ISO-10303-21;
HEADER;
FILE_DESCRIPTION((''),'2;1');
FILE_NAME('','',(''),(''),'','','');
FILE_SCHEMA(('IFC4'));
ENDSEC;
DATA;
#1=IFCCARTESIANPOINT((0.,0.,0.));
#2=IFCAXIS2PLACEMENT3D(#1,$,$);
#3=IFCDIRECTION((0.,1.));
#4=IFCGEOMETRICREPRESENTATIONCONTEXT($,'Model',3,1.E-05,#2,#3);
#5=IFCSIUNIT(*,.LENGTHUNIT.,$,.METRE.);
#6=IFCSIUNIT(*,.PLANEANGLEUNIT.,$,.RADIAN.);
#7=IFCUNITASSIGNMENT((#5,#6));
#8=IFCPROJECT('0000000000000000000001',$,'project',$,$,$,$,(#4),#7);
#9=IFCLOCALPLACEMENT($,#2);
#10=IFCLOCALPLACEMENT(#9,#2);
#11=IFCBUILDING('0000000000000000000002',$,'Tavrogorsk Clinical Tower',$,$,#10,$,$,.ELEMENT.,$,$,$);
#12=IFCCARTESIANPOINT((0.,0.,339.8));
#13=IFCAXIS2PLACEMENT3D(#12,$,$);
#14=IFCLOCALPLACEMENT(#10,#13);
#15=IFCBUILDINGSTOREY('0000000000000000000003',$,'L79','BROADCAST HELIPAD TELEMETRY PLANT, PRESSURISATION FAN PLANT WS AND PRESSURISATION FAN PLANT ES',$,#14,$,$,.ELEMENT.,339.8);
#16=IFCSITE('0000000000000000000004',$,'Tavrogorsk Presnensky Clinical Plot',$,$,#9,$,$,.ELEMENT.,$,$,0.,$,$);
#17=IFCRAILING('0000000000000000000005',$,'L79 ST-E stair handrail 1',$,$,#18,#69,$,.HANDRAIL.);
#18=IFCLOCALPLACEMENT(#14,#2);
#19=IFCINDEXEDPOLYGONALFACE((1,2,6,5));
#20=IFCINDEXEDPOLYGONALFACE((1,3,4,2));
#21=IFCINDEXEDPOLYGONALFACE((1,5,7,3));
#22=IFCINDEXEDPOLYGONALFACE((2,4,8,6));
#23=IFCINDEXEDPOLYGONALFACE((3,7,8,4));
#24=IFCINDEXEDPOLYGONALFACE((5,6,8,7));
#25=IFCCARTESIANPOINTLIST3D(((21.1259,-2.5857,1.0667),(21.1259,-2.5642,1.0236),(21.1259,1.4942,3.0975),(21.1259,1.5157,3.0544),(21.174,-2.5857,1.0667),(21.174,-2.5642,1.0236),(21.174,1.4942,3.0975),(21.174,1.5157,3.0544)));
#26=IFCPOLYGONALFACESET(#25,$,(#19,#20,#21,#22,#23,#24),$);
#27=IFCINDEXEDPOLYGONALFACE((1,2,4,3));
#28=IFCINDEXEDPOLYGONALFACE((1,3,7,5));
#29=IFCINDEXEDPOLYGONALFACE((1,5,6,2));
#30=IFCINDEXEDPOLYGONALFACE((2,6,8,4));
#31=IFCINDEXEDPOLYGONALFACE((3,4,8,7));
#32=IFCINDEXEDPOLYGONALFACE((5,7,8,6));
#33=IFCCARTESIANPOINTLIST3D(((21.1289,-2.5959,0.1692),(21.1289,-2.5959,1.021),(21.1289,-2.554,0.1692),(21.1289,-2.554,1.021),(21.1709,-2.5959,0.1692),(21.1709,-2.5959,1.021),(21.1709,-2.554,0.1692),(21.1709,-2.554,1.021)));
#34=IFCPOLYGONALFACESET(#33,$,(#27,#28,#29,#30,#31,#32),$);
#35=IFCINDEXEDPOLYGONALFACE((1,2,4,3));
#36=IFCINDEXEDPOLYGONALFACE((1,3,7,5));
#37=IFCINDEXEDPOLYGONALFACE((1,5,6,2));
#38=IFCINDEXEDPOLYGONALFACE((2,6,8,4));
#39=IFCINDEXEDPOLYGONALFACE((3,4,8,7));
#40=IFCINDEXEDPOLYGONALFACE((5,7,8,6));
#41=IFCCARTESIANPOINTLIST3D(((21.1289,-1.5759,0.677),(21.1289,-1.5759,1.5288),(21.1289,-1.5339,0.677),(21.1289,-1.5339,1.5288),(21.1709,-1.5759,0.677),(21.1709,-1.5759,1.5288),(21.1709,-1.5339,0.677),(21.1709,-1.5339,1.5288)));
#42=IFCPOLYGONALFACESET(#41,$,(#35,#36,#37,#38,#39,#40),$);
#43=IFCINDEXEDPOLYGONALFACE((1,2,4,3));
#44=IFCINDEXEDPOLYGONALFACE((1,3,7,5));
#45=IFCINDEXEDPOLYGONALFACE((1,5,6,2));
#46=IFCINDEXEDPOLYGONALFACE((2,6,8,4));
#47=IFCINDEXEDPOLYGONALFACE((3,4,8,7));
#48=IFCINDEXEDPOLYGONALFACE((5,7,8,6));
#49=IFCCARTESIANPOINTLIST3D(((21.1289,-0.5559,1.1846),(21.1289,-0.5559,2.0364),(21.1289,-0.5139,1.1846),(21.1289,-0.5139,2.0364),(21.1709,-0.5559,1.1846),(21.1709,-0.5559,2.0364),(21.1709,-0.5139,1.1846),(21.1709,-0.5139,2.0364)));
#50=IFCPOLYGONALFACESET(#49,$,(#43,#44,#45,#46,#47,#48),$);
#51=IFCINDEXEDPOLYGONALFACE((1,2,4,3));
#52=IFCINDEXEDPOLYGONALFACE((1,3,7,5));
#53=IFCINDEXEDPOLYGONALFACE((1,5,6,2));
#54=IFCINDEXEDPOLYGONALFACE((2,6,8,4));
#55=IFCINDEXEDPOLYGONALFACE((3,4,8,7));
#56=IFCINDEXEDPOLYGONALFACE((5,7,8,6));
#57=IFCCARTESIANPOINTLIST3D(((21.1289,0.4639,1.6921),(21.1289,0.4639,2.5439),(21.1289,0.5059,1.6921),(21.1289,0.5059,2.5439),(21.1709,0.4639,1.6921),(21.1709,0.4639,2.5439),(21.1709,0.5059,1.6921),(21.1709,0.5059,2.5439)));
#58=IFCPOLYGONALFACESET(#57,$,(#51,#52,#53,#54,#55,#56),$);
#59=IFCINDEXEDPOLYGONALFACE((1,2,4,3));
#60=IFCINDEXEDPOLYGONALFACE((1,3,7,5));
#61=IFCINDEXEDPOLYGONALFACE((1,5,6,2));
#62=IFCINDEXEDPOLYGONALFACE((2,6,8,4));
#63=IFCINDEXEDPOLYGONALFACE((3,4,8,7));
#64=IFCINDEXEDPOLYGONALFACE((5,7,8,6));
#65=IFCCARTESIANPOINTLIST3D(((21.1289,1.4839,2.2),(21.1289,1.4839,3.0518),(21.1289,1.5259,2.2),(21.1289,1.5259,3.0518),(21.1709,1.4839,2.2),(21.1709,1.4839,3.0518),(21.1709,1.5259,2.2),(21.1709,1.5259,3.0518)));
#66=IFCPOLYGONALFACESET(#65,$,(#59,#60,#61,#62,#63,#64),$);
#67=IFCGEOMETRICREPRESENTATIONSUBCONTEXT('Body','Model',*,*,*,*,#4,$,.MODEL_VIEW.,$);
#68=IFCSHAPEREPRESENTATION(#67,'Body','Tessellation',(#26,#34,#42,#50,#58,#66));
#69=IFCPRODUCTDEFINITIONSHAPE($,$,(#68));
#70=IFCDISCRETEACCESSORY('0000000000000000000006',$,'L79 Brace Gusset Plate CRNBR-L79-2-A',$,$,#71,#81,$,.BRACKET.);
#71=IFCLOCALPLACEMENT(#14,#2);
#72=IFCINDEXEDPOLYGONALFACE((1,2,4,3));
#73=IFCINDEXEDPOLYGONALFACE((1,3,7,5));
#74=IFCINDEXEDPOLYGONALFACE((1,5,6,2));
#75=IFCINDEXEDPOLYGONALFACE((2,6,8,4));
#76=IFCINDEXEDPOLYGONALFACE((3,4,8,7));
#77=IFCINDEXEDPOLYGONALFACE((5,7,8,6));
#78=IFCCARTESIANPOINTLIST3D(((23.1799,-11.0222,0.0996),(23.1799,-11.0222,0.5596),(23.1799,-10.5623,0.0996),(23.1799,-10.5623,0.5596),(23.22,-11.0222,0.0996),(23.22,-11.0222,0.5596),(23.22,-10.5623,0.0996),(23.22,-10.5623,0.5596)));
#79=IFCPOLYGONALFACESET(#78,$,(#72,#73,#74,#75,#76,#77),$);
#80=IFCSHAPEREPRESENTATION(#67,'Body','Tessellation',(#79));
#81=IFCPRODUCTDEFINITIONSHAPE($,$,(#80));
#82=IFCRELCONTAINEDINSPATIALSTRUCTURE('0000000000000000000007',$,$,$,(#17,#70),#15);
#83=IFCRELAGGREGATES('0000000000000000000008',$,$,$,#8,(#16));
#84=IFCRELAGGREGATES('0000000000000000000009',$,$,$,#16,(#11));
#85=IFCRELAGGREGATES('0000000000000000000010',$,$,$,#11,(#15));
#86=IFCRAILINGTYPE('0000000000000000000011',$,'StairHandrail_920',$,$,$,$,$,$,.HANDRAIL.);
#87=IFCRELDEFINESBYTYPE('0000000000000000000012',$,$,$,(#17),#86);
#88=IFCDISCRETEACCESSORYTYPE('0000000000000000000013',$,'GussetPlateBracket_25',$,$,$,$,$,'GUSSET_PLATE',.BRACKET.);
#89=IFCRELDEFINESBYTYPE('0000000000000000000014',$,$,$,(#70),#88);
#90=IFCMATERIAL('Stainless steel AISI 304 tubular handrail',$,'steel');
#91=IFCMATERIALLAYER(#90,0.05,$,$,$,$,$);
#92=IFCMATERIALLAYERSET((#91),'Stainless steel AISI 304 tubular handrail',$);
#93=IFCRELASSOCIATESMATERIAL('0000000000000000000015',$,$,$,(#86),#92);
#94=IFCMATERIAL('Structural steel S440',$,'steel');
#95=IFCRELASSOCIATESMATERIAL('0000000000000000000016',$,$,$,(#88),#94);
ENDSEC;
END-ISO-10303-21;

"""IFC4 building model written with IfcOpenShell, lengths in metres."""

from ifc_helpers import new_model, si_unit, direction, frame, origin, origin_2d, place, context, subcontext, project, spatial, rectangle, extrude, material, layer, layer_set, type_object, element, save


model = new_model("IFC4")

# Units and contexts
model_context = context("Model", 3, precision=1e-05, world=origin(), true_north=direction((0.0, 1.0)))
body_context = subcontext(model_context, "Body", "Model", "MODEL_VIEW")
ifc_project = project(units=[si_unit("LENGTHUNIT", "METRE"), si_unit("PLANEANGLEUNIT", "RADIAN")], contexts=[model_context])

# Site, building, storey
site_placement = place(None, origin())
site = spatial("IfcSite", under=ifc_project, at=site_placement, Name="Tavrogorsk Presnensky Clinical Plot", CompositionType="ELEMENT", RefElevation=0.0)
building_placement = place(site_placement, origin())
building = spatial("IfcBuilding", under=site, at=building_placement, Name="Tavrogorsk Clinical Tower", CompositionType="ELEMENT")
storey_placement = place(building_placement, frame((0.0, 0.0, 339.8)))
storey = spatial("IfcBuildingStorey", under=building, at=storey_placement, Name="L79", Description="BROADCAST HELIPAD TELEMETRY PLANT, PRESSURISATION FAN PLANT WS AND PRESSURISATION FAN PLANT ES", CompositionType="ELEMENT", Elevation=339.8)

# Railing
ifc_material_1 = material(Name="Stainless steel AISI 304 tubular handrail", Category="steel")
ifc_layer_1 = layer(ifc_material_1, 0.05)
ifc_layer_set_1 = layer_set([ifc_layer_1], Name="Stainless steel AISI 304 tubular handrail")
railing_type_1 = type_object("IfcRailingType", Name="StairHandrail_920", PredefinedType="HANDRAIL", material=ifc_layer_set_1)
railing_1_placement = place(storey_placement, frame((21.1499, -2.575, 0.1692)))
element("IfcRailing", 1, at=railing_1_placement, inside=storey, type_object=railing_type_1, Name="L79 ST-E stair handrail 1", PredefinedType="HANDRAIL", context=body_context, shape_type="SweptSolid", body=[
    extrude(rectangle(XDim=0.0481, YDim=0.0481, at=origin_2d()), frame((0.0, 0.0, 0.876), z_axis=(0.0, 0.895229, 0.445606), x_axis=(-1.0, 0.0, 0.0)), (0.0, 0.0, 1.0), 4.5574),
    extrude(rectangle(XDim=0.042, YDim=0.042, at=origin_2d()), origin(), (0.0, 0.0, 1.0), 0.8518),
    extrude(rectangle(XDim=0.042, YDim=0.042, at=origin_2d()), frame((0.0, 1.02, 0.5078)), (0.0, 0.0, 1.0), 0.8518),
    extrude(rectangle(XDim=0.042, YDim=0.042, at=origin_2d()), frame((0.0, 2.04, 1.0154)), (0.0, 0.0, 1.0), 0.8518),
    extrude(rectangle(XDim=0.042, YDim=0.042, at=origin_2d()), frame((0.0, 3.0598, 1.5229)), (0.0, 0.0, 1.0), 0.8518),
    extrude(rectangle(XDim=0.042, YDim=0.042, at=origin_2d()), frame((0.0, 4.0798, 2.0308)), (0.0, 0.0, 1.0), 0.8518),
])

# Discrete accessory
ifc_material_2 = material(Name="Structural steel S440", Category="steel")
discrete_accessory_type = type_object("IfcDiscreteAccessoryType", Name="GussetPlateBracket_25", ElementType="GUSSET_PLATE", PredefinedType="BRACKET", material=ifc_material_2)
discrete_accessory_placement = place(storey_placement, frame((23.2, -10.7922, 0.0996), z_axis=(0.0, 0.0, 1.0), x_axis=(0.0, 1.0, 0.0)))
element("IfcDiscreteAccessory", 2, at=discrete_accessory_placement, inside=storey, type_object=discrete_accessory_type, Name="L79 Brace Gusset Plate CRNBR-L79-2-A", PredefinedType="BRACKET", context=body_context, shape_type="SweptSolid", body=[
    extrude(rectangle(XDim=0.46, YDim=0.04, at=origin_2d()), origin(), (0.0, 0.0, 1.0), 0.46),
])

save(model, "model.ifc")
